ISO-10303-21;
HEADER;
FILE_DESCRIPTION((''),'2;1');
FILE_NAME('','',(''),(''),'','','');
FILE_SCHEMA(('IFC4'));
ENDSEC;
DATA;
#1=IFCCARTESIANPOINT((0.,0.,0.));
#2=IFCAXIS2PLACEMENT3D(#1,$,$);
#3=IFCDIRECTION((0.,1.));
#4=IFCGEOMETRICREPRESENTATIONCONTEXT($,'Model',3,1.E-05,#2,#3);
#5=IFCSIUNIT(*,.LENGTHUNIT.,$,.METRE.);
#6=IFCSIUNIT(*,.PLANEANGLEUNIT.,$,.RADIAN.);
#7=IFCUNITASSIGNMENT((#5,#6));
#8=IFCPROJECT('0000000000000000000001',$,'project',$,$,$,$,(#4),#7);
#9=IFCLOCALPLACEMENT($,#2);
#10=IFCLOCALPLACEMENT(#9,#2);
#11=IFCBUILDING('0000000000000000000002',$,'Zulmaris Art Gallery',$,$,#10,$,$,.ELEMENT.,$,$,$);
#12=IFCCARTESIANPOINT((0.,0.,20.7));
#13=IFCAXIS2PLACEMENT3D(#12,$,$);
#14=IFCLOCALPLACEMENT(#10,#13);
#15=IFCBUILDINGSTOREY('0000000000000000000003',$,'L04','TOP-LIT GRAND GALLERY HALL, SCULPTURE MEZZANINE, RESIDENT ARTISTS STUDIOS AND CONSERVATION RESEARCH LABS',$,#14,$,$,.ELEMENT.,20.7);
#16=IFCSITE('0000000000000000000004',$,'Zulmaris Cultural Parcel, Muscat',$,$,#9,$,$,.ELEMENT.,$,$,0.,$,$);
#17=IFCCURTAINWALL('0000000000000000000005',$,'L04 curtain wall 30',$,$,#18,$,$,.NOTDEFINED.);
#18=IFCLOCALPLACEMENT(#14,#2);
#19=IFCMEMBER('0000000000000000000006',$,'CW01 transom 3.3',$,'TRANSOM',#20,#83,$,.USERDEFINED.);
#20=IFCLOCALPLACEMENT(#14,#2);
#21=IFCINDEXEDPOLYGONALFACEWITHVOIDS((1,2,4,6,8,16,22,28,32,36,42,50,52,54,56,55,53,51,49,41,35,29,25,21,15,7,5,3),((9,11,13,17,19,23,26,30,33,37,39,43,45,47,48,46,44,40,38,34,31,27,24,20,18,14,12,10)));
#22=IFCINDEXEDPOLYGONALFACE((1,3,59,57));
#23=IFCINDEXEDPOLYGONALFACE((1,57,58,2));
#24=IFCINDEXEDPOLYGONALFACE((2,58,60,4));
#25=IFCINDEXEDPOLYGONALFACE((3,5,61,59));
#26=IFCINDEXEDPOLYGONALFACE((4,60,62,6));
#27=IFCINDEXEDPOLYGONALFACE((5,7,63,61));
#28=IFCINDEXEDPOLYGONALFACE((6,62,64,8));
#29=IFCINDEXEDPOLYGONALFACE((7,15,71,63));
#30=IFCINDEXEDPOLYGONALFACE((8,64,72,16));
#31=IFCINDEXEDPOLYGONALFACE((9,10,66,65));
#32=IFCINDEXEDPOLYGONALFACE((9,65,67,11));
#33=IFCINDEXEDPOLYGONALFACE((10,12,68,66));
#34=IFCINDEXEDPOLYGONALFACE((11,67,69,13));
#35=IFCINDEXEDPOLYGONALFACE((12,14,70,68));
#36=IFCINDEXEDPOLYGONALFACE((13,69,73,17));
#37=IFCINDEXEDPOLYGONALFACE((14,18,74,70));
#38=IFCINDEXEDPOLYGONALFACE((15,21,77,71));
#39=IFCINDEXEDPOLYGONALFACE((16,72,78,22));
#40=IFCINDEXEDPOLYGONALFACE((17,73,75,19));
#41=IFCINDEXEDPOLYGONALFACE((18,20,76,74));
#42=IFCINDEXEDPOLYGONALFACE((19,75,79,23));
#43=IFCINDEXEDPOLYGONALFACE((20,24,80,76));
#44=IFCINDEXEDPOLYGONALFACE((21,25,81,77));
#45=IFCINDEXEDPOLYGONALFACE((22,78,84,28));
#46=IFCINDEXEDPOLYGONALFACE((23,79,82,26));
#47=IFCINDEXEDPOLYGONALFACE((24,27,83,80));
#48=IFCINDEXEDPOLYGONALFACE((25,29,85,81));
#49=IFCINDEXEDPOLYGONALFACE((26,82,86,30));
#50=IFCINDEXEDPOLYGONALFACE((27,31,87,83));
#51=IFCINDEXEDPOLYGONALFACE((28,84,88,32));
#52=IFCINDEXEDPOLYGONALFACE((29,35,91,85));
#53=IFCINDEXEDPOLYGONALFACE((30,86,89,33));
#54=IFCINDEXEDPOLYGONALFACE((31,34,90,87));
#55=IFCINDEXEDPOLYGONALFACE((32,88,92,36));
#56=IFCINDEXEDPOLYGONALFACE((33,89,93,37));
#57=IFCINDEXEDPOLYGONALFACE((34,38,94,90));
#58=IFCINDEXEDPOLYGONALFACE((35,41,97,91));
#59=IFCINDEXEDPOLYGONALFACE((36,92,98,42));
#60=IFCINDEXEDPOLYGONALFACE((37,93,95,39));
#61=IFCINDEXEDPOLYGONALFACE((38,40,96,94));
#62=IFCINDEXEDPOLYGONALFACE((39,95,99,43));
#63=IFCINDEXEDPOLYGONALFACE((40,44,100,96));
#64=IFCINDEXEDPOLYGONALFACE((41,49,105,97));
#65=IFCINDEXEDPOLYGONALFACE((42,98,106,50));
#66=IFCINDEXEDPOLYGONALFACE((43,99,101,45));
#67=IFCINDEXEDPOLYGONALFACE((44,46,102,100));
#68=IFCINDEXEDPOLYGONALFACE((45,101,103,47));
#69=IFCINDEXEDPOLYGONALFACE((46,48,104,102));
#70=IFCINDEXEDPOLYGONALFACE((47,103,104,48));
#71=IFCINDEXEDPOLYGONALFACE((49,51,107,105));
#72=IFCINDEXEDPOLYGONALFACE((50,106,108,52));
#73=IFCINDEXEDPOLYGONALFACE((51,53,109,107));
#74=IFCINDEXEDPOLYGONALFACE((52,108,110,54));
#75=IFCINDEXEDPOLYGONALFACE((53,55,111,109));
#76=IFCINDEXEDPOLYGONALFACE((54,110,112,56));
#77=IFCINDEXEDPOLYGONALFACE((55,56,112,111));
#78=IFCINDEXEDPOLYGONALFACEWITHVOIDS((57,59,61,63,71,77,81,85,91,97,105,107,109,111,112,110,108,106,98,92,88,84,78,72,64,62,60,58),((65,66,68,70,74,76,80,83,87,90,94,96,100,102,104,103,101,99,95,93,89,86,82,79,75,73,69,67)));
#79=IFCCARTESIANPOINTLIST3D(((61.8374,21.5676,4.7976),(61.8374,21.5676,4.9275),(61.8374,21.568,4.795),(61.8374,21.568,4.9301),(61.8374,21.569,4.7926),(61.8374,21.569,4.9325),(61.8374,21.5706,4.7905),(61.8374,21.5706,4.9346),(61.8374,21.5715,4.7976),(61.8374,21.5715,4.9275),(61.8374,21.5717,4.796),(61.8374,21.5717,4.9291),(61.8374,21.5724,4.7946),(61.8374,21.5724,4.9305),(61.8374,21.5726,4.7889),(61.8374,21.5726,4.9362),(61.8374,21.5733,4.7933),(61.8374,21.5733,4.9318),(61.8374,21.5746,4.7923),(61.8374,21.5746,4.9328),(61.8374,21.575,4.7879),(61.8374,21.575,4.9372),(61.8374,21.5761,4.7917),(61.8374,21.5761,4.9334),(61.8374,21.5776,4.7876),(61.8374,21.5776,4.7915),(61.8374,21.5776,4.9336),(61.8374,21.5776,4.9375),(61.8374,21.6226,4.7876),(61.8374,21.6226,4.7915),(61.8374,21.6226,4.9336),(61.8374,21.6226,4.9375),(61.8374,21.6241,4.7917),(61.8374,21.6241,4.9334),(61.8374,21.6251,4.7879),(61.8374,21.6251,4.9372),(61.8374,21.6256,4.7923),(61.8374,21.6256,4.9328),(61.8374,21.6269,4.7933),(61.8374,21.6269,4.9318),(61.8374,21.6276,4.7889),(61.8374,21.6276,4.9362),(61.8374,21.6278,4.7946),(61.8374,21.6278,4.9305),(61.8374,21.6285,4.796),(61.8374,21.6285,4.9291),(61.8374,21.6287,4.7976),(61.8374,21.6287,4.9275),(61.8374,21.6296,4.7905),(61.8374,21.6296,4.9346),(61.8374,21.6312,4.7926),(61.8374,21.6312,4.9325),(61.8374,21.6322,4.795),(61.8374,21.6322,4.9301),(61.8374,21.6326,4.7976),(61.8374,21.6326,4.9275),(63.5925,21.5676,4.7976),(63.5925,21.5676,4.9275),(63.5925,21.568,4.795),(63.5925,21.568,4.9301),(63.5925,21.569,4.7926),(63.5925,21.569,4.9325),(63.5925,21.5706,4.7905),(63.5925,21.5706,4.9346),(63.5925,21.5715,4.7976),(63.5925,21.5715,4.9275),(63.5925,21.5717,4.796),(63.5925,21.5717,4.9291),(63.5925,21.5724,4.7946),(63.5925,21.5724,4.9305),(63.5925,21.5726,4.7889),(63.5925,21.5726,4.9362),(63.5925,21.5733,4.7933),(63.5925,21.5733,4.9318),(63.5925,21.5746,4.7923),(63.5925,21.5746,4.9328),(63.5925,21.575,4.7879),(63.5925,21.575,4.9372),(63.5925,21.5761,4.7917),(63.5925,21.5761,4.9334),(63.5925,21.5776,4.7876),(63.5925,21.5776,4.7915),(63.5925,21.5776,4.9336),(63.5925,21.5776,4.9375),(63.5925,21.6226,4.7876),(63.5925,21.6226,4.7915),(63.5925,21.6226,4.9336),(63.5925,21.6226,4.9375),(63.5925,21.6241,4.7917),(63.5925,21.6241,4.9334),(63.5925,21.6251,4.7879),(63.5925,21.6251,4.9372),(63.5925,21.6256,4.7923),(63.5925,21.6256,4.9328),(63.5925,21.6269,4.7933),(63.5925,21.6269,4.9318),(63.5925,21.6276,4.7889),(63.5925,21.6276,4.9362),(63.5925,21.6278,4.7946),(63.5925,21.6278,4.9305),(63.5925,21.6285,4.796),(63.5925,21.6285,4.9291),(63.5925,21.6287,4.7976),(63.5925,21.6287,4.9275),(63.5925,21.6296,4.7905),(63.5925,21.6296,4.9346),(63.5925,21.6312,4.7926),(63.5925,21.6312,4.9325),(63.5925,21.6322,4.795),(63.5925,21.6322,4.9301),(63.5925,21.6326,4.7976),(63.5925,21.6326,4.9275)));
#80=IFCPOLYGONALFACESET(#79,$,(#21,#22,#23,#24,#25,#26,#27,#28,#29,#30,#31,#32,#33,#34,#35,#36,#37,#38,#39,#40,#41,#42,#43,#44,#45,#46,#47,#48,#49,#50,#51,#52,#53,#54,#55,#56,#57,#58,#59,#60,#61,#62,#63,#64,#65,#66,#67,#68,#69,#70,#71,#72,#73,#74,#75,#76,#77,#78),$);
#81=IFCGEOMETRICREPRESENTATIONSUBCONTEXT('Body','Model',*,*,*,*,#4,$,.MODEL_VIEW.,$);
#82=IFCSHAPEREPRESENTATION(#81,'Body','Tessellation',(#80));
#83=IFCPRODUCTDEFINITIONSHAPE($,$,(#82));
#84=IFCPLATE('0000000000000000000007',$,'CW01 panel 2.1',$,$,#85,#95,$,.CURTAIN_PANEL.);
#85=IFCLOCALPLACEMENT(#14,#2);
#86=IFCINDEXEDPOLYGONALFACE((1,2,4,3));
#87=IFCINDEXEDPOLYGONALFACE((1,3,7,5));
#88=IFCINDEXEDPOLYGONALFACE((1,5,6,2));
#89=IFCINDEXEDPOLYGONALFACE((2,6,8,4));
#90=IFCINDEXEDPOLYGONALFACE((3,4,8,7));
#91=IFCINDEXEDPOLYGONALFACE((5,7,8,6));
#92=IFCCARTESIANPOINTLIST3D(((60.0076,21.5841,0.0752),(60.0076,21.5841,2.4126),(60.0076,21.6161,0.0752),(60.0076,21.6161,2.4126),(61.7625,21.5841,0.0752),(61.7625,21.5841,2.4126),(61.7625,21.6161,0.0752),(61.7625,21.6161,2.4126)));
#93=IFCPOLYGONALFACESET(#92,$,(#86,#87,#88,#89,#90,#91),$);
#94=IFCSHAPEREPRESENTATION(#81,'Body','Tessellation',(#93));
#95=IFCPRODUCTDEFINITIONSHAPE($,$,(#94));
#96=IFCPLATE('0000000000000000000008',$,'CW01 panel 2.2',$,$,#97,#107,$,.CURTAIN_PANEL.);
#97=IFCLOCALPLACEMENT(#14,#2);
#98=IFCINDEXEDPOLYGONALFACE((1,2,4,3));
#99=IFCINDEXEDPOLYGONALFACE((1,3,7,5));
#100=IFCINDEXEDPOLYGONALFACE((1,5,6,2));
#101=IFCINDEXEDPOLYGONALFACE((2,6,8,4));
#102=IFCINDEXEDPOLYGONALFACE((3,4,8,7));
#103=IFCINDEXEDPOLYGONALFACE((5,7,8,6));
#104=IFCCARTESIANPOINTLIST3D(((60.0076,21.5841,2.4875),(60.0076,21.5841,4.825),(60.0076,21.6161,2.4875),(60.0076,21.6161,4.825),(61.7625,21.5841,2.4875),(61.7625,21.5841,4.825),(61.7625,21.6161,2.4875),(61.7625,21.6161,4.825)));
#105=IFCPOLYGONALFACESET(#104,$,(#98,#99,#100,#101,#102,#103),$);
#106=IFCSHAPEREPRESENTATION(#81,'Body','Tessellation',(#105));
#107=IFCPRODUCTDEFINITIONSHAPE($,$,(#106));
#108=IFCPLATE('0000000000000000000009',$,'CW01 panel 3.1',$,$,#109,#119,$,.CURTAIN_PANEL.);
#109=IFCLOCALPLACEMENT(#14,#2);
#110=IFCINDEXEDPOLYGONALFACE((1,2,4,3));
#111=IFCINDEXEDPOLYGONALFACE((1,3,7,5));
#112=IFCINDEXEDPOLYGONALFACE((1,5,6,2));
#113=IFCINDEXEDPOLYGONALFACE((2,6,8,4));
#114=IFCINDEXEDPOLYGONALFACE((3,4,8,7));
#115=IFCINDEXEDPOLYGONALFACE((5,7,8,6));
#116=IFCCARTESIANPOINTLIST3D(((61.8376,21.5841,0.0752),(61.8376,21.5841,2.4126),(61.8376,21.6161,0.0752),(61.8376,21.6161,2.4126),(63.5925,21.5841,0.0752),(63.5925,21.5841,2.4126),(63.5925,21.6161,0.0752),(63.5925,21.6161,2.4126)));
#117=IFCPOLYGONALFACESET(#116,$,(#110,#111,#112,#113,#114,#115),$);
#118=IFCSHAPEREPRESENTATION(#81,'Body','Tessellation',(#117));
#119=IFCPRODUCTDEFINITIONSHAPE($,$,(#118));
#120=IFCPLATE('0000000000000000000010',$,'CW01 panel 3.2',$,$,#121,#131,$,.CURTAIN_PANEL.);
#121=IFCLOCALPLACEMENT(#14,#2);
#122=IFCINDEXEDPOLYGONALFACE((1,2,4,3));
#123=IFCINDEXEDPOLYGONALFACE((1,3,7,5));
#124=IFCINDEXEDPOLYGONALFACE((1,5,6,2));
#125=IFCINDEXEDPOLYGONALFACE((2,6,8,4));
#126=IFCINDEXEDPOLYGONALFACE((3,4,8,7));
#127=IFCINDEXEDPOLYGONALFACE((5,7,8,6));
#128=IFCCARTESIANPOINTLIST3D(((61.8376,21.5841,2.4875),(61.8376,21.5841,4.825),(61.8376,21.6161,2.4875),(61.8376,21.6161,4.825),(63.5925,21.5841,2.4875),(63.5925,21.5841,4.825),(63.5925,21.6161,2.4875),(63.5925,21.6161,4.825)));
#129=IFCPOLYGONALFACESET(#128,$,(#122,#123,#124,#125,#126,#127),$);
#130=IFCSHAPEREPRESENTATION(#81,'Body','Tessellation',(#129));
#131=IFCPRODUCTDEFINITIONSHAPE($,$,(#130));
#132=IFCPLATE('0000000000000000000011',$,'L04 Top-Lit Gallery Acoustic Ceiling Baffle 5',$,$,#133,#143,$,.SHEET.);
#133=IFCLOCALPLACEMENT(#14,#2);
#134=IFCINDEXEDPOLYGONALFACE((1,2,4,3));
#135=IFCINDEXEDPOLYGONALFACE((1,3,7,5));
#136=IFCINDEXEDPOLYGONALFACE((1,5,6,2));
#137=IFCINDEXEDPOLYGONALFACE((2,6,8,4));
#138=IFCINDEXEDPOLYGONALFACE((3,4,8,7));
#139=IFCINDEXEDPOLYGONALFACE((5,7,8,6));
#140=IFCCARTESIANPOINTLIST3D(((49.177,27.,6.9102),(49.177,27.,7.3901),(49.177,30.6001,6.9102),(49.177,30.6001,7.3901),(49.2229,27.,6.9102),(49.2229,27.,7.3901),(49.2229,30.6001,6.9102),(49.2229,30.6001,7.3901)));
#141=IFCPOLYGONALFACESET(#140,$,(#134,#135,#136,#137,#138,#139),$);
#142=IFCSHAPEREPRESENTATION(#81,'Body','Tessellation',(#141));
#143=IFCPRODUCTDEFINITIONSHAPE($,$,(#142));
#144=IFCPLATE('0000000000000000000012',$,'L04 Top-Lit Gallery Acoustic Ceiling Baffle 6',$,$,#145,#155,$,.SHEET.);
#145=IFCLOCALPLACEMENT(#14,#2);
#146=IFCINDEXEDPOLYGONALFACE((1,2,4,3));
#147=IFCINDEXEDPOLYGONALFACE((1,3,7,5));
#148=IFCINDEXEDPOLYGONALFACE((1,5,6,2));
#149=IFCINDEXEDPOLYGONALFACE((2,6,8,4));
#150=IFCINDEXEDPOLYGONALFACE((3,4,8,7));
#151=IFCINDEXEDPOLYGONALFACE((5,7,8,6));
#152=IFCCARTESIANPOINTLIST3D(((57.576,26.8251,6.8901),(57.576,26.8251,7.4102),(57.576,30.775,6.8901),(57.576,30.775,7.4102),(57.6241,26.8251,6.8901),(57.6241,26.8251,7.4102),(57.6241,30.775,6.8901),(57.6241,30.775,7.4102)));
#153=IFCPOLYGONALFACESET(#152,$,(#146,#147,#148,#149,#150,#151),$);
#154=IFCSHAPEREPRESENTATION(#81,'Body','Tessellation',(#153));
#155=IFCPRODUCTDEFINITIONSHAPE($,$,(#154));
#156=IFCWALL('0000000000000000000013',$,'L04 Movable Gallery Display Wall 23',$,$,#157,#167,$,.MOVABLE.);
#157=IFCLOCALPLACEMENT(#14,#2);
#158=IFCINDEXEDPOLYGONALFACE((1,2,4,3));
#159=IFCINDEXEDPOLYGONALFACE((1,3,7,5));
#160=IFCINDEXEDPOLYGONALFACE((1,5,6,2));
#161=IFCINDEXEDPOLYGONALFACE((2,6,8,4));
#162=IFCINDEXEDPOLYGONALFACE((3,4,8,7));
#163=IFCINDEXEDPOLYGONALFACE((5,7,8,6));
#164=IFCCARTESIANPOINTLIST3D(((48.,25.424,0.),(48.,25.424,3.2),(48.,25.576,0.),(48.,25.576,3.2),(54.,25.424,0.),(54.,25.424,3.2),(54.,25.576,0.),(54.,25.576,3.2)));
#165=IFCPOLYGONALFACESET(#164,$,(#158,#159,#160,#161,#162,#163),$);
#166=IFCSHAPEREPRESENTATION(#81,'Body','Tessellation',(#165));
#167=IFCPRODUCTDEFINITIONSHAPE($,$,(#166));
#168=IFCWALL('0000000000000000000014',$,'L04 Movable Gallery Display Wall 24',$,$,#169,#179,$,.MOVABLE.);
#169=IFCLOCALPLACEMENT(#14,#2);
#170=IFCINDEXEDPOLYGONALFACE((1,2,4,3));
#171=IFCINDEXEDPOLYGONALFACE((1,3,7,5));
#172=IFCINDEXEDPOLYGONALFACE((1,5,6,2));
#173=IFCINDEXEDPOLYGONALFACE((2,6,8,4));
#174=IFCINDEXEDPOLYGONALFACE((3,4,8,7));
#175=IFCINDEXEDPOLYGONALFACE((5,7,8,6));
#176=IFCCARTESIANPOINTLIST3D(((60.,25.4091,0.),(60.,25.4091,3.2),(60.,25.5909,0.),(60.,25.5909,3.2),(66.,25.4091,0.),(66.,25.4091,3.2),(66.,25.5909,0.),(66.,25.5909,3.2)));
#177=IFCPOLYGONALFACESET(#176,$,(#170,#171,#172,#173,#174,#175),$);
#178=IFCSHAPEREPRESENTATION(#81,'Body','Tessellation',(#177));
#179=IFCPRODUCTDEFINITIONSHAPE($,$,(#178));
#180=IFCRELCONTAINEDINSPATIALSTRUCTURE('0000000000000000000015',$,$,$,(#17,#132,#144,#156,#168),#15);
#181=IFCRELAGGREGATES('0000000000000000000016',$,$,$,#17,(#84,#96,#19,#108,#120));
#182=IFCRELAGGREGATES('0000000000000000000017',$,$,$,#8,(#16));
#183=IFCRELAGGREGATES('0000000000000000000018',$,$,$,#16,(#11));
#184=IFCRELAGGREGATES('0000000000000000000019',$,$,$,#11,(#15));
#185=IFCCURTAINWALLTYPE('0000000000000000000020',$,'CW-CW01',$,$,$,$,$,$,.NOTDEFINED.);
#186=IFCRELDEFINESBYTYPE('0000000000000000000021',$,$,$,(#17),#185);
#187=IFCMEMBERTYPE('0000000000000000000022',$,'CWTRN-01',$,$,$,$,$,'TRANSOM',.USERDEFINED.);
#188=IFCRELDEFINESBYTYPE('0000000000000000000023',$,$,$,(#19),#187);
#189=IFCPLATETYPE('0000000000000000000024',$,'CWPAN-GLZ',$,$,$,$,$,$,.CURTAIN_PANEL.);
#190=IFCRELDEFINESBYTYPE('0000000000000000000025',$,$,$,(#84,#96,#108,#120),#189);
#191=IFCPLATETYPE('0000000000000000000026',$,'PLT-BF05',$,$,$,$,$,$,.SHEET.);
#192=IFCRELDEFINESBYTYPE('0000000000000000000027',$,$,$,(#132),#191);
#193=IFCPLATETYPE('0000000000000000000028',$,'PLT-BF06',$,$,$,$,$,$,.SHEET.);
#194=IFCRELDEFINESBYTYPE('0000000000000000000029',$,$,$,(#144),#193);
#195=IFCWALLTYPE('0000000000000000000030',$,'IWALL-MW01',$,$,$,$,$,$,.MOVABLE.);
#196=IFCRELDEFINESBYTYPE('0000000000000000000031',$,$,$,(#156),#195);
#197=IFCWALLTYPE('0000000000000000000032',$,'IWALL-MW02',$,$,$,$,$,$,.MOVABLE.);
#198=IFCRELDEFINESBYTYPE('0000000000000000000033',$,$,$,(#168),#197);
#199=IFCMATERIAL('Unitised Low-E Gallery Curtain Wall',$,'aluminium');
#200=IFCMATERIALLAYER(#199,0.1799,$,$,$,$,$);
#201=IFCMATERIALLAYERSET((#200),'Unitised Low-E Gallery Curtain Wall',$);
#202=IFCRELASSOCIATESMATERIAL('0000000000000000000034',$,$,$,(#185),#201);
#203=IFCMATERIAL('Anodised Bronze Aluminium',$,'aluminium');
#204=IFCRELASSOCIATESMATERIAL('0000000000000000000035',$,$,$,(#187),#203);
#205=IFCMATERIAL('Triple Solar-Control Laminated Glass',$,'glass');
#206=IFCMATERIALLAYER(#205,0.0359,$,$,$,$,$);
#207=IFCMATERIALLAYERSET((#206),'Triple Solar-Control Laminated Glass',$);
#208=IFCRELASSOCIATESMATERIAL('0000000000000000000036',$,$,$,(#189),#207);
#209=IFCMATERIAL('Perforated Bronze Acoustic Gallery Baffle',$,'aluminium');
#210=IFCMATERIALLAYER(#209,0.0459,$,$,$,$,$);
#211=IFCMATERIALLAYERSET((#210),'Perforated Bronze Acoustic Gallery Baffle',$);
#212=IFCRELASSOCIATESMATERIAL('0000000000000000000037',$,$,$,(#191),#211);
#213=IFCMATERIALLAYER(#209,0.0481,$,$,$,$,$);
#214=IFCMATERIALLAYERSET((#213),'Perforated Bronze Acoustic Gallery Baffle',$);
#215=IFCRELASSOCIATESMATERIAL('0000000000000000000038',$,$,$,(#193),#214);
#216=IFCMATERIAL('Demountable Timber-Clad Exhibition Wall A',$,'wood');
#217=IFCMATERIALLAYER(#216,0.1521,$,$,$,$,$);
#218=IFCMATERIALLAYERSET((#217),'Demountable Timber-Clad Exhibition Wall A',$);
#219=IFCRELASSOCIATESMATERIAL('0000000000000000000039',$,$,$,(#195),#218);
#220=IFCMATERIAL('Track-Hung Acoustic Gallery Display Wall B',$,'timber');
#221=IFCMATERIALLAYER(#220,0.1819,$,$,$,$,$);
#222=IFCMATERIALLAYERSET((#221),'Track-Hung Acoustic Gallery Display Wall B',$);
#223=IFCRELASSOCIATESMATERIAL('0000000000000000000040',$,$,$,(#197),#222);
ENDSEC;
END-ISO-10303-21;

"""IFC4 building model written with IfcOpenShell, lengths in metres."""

from ifc_helpers import new_model, si_unit, direction, frame, frame_2d, origin, origin_2d, place, context, subcontext, project, spatial, rectangle, hollow_rectangle, extrude, material, layer, layer_set, material_profile, profile_set, type_object, element, aggregate, save


model = new_model("IFC4")

# Units and contexts
model_context = context("Model", 3, precision=1e-05, world=origin(), true_north=direction((0.0, 1.0)))
body_context = subcontext(model_context, "Body", "Model", "MODEL_VIEW")
ifc_project = project(units=[si_unit("LENGTHUNIT", "METRE"), si_unit("PLANEANGLEUNIT", "RADIAN")], contexts=[model_context])

# Site, building, storey
site_placement = place(None, origin())
site = spatial("IfcSite", under=ifc_project, at=site_placement, Name="Zulmaris Cultural Parcel, Muscat", CompositionType="ELEMENT", RefElevation=0.0)
building_placement = place(site_placement, origin())
building = spatial("IfcBuilding", under=site, at=building_placement, Name="Zulmaris Art Gallery", CompositionType="ELEMENT")
storey_placement = place(building_placement, frame((0.0, 0.0, 20.7)))
storey = spatial("IfcBuildingStorey", under=building, at=storey_placement, Name="L04", Description="TOP-LIT GRAND GALLERY HALL, SCULPTURE MEZZANINE, RESIDENT ARTISTS STUDIOS AND CONSERVATION RESEARCH LABS", CompositionType="ELEMENT", Elevation=20.7)

# Curtain wall, member, plates
ifc_material_1 = material(Name="Unitised Low-E Gallery Curtain Wall", Category="aluminium")
ifc_layer_1 = layer(ifc_material_1, 0.1799)
ifc_layer_set_1 = layer_set([ifc_layer_1], Name="Unitised Low-E Gallery Curtain Wall")
curtain_wall_type = type_object("IfcCurtainWallType", Name="CW-CW01", PredefinedType="NOTDEFINED", material=ifc_layer_set_1)
curtain_wall_placement = place(storey_placement, origin())
curtain_wall = element("IfcCurtainWall", 1, at=curtain_wall_placement, inside=storey, type_object=curtain_wall_type, Name="L04 curtain wall 30", PredefinedType="NOTDEFINED")
ifc_material_2 = material(Name="Anodised Bronze Aluminium", Category="aluminium")
ifc_material_profile_1 = material_profile(ifc_material_2, hollow_rectangle(XDim=0.0649, YDim=0.1499, WallThickness=0.0039, InnerFilletRadius=0.0061, OuterFilletRadius=0.01, at=origin_2d()), Name="ALU 65x150x4")
ifc_profile_set_1 = profile_set([ifc_material_profile_1], Name="Anodised Bronze Aluminium")
member_type_1 = type_object("IfcMemberType", Name="CWTRN-01", ElementType="TRANSOM", PredefinedType="USERDEFINED", material=ifc_profile_set_1)
member_1_placement = place(storey_placement, frame((61.8374, 21.6001, 4.8625), z_axis=(1.0, 0.0, 0.0), x_axis=(0.0, 1.0, 0.0)))
member_1 = element("IfcMember", 2, at=member_1_placement, type_object=member_type_1, Name="CW01 transom 3.3", ObjectType="TRANSOM", PredefinedType="USERDEFINED", context=body_context, shape_type="SweptSolid", body=[
    extrude(hollow_rectangle(XDim=0.0649, YDim=0.1499, WallThickness=0.0039, InnerFilletRadius=0.0061, OuterFilletRadius=0.01, at=origin_2d()), origin(), (0.0, 0.0, 1.0), 1.7551),
])
ifc_material_3 = material(Name="Triple Solar-Control Laminated Glass", Category="glass")
ifc_layer_2 = layer(ifc_material_3, 0.0359)
ifc_layer_set_2 = layer_set([ifc_layer_2], Name="Triple Solar-Control Laminated Glass")
plate_type_1 = type_object("IfcPlateType", Name="CWPAN-GLZ", PredefinedType="CURTAIN_PANEL", material=ifc_layer_set_2)
plate_1_placement = place(storey_placement, frame((60.885, 21.6001, 0.0752), z_axis=(0.0, 0.0, 1.0), x_axis=(1.0, 0.0, 0.0)))
plate_1 = element("IfcPlate", 3, at=plate_1_placement, type_object=plate_type_1, Name="CW01 panel 2.1", PredefinedType="CURTAIN_PANEL", context=body_context, shape_type="SweptSolid", body=[
    extrude(rectangle(XDim=1.7549, YDim=0.032, at=origin_2d()), origin(), (0.0, 0.0, 1.0), 2.3374),
])
plate_2_placement = place(storey_placement, frame((60.885, 21.6001, 2.4875), z_axis=(0.0, 0.0, 1.0), x_axis=(1.0, 0.0, 0.0)))
plate_2 = element("IfcPlate", 4, at=plate_2_placement, type_object=plate_type_1, Name="CW01 panel 2.2", PredefinedType="CURTAIN_PANEL", context=body_context, shape_type="SweptSolid", body=[
    extrude(rectangle(XDim=1.7549, YDim=0.032, at=origin_2d()), origin(), (0.0, 0.0, 1.0), 2.3374),
])
plate_3_placement = place(storey_placement, frame((62.7151, 21.6001, 0.0752), z_axis=(0.0, 0.0, 1.0), x_axis=(1.0, 0.0, 0.0)))
plate_3 = element("IfcPlate", 5, at=plate_3_placement, type_object=plate_type_1, Name="CW01 panel 3.1", PredefinedType="CURTAIN_PANEL", context=body_context, shape_type="SweptSolid", body=[
    extrude(rectangle(XDim=1.7549, YDim=0.032, at=origin_2d()), origin(), (0.0, 0.0, 1.0), 2.3374),
])
plate_4_placement = place(storey_placement, frame((62.7151, 21.6001, 2.4875), z_axis=(0.0, 0.0, 1.0), x_axis=(1.0, 0.0, 0.0)))
plate_4 = element("IfcPlate", 6, at=plate_4_placement, type_object=plate_type_1, Name="CW01 panel 3.2", PredefinedType="CURTAIN_PANEL", context=body_context, shape_type="SweptSolid", body=[
    extrude(rectangle(XDim=1.7549, YDim=0.032, at=origin_2d()), origin(), (0.0, 0.0, 1.0), 2.3374),
])
aggregate(curtain_wall, [plate_1, plate_2, member_1, plate_3, plate_4])

# Plates
ifc_material_4 = material(Name="Perforated Bronze Acoustic Gallery Baffle", Category="aluminium")
ifc_layer_3 = layer(ifc_material_4, 0.0459)
ifc_layer_set_3 = layer_set([ifc_layer_3], Name="Perforated Bronze Acoustic Gallery Baffle")
plate_type_2 = type_object("IfcPlateType", Name="PLT-BF05", PredefinedType="SHEET", material=ifc_layer_set_3)
plate_5_placement = place(storey_placement, frame((49.2, 28.8, 6.9102), z_axis=(0.0, 0.0, 1.0), x_axis=(1.0, 0.0, 0.0)))
element("IfcPlate", 7, at=plate_5_placement, inside=storey, type_object=plate_type_2, Name="L04 Top-Lit Gallery Acoustic Ceiling Baffle 5", PredefinedType="SHEET", context=body_context, shape_type="SweptSolid", body=[
    extrude(rectangle(XDim=0.0459, YDim=3.6001, at=origin_2d()), origin(), (0.0, 0.0, 1.0), 0.48),
])
ifc_layer_4 = layer(ifc_material_4, 0.0481)
ifc_layer_set_4 = layer_set([ifc_layer_4], Name="Perforated Bronze Acoustic Gallery Baffle")
plate_type_3 = type_object("IfcPlateType", Name="PLT-BF06", PredefinedType="SHEET", material=ifc_layer_set_4)
plate_6_placement = place(storey_placement, frame((57.6001, 28.8, 6.8901), z_axis=(0.0, 0.0, 1.0), x_axis=(1.0, 0.0, 0.0)))
element("IfcPlate", 8, at=plate_6_placement, inside=storey, type_object=plate_type_3, Name="L04 Top-Lit Gallery Acoustic Ceiling Baffle 6", PredefinedType="SHEET", context=body_context, shape_type="SweptSolid", body=[
    extrude(rectangle(XDim=0.0481, YDim=3.95, at=origin_2d()), origin(), (0.0, 0.0, 1.0), 0.52),
])

# Walls
ifc_material_5 = material(Name="Demountable Timber-Clad Exhibition Wall A", Category="wood")
ifc_layer_5 = layer(ifc_material_5, 0.1521)
ifc_layer_set_5 = layer_set([ifc_layer_5], Name="Demountable Timber-Clad Exhibition Wall A")
wall_type_1 = type_object("IfcWallType", Name="IWALL-MW01", PredefinedType="MOVABLE", material=ifc_layer_set_5)
wall_1_placement = place(storey_placement, frame((48.0, 25.5, 0.0), z_axis=(0.0, 0.0, 1.0), x_axis=(1.0, 0.0, 0.0)))
element("IfcWall", 9, at=wall_1_placement, inside=storey, type_object=wall_type_1, Name="L04 Movable Gallery Display Wall 23", PredefinedType="MOVABLE", context=body_context, shape_type="SweptSolid", body=[
    extrude(rectangle(XDim=6.0, YDim=0.1521, at=frame_2d((3.0, 0.0))), origin(), (0.0, 0.0, 1.0), 3.2),
])
ifc_material_6 = material(Name="Track-Hung Acoustic Gallery Display Wall B", Category="timber")
ifc_layer_6 = layer(ifc_material_6, 0.1819)
ifc_layer_set_6 = layer_set([ifc_layer_6], Name="Track-Hung Acoustic Gallery Display Wall B")
wall_type_2 = type_object("IfcWallType", Name="IWALL-MW02", PredefinedType="MOVABLE", material=ifc_layer_set_6)
wall_2_placement = place(storey_placement, frame((60.0, 25.5, 0.0), z_axis=(0.0, 0.0, 1.0), x_axis=(1.0, 0.0, 0.0)))
element("IfcWall", 10, at=wall_2_placement, inside=storey, type_object=wall_type_2, Name="L04 Movable Gallery Display Wall 24", PredefinedType="MOVABLE", context=body_context, shape_type="SweptSolid", body=[
    extrude(rectangle(XDim=6.0, YDim=0.1819, at=frame_2d((3.0, 0.0))), origin(), (0.0, 0.0, 1.0), 3.2),
])

save(model, "model.ifc")
